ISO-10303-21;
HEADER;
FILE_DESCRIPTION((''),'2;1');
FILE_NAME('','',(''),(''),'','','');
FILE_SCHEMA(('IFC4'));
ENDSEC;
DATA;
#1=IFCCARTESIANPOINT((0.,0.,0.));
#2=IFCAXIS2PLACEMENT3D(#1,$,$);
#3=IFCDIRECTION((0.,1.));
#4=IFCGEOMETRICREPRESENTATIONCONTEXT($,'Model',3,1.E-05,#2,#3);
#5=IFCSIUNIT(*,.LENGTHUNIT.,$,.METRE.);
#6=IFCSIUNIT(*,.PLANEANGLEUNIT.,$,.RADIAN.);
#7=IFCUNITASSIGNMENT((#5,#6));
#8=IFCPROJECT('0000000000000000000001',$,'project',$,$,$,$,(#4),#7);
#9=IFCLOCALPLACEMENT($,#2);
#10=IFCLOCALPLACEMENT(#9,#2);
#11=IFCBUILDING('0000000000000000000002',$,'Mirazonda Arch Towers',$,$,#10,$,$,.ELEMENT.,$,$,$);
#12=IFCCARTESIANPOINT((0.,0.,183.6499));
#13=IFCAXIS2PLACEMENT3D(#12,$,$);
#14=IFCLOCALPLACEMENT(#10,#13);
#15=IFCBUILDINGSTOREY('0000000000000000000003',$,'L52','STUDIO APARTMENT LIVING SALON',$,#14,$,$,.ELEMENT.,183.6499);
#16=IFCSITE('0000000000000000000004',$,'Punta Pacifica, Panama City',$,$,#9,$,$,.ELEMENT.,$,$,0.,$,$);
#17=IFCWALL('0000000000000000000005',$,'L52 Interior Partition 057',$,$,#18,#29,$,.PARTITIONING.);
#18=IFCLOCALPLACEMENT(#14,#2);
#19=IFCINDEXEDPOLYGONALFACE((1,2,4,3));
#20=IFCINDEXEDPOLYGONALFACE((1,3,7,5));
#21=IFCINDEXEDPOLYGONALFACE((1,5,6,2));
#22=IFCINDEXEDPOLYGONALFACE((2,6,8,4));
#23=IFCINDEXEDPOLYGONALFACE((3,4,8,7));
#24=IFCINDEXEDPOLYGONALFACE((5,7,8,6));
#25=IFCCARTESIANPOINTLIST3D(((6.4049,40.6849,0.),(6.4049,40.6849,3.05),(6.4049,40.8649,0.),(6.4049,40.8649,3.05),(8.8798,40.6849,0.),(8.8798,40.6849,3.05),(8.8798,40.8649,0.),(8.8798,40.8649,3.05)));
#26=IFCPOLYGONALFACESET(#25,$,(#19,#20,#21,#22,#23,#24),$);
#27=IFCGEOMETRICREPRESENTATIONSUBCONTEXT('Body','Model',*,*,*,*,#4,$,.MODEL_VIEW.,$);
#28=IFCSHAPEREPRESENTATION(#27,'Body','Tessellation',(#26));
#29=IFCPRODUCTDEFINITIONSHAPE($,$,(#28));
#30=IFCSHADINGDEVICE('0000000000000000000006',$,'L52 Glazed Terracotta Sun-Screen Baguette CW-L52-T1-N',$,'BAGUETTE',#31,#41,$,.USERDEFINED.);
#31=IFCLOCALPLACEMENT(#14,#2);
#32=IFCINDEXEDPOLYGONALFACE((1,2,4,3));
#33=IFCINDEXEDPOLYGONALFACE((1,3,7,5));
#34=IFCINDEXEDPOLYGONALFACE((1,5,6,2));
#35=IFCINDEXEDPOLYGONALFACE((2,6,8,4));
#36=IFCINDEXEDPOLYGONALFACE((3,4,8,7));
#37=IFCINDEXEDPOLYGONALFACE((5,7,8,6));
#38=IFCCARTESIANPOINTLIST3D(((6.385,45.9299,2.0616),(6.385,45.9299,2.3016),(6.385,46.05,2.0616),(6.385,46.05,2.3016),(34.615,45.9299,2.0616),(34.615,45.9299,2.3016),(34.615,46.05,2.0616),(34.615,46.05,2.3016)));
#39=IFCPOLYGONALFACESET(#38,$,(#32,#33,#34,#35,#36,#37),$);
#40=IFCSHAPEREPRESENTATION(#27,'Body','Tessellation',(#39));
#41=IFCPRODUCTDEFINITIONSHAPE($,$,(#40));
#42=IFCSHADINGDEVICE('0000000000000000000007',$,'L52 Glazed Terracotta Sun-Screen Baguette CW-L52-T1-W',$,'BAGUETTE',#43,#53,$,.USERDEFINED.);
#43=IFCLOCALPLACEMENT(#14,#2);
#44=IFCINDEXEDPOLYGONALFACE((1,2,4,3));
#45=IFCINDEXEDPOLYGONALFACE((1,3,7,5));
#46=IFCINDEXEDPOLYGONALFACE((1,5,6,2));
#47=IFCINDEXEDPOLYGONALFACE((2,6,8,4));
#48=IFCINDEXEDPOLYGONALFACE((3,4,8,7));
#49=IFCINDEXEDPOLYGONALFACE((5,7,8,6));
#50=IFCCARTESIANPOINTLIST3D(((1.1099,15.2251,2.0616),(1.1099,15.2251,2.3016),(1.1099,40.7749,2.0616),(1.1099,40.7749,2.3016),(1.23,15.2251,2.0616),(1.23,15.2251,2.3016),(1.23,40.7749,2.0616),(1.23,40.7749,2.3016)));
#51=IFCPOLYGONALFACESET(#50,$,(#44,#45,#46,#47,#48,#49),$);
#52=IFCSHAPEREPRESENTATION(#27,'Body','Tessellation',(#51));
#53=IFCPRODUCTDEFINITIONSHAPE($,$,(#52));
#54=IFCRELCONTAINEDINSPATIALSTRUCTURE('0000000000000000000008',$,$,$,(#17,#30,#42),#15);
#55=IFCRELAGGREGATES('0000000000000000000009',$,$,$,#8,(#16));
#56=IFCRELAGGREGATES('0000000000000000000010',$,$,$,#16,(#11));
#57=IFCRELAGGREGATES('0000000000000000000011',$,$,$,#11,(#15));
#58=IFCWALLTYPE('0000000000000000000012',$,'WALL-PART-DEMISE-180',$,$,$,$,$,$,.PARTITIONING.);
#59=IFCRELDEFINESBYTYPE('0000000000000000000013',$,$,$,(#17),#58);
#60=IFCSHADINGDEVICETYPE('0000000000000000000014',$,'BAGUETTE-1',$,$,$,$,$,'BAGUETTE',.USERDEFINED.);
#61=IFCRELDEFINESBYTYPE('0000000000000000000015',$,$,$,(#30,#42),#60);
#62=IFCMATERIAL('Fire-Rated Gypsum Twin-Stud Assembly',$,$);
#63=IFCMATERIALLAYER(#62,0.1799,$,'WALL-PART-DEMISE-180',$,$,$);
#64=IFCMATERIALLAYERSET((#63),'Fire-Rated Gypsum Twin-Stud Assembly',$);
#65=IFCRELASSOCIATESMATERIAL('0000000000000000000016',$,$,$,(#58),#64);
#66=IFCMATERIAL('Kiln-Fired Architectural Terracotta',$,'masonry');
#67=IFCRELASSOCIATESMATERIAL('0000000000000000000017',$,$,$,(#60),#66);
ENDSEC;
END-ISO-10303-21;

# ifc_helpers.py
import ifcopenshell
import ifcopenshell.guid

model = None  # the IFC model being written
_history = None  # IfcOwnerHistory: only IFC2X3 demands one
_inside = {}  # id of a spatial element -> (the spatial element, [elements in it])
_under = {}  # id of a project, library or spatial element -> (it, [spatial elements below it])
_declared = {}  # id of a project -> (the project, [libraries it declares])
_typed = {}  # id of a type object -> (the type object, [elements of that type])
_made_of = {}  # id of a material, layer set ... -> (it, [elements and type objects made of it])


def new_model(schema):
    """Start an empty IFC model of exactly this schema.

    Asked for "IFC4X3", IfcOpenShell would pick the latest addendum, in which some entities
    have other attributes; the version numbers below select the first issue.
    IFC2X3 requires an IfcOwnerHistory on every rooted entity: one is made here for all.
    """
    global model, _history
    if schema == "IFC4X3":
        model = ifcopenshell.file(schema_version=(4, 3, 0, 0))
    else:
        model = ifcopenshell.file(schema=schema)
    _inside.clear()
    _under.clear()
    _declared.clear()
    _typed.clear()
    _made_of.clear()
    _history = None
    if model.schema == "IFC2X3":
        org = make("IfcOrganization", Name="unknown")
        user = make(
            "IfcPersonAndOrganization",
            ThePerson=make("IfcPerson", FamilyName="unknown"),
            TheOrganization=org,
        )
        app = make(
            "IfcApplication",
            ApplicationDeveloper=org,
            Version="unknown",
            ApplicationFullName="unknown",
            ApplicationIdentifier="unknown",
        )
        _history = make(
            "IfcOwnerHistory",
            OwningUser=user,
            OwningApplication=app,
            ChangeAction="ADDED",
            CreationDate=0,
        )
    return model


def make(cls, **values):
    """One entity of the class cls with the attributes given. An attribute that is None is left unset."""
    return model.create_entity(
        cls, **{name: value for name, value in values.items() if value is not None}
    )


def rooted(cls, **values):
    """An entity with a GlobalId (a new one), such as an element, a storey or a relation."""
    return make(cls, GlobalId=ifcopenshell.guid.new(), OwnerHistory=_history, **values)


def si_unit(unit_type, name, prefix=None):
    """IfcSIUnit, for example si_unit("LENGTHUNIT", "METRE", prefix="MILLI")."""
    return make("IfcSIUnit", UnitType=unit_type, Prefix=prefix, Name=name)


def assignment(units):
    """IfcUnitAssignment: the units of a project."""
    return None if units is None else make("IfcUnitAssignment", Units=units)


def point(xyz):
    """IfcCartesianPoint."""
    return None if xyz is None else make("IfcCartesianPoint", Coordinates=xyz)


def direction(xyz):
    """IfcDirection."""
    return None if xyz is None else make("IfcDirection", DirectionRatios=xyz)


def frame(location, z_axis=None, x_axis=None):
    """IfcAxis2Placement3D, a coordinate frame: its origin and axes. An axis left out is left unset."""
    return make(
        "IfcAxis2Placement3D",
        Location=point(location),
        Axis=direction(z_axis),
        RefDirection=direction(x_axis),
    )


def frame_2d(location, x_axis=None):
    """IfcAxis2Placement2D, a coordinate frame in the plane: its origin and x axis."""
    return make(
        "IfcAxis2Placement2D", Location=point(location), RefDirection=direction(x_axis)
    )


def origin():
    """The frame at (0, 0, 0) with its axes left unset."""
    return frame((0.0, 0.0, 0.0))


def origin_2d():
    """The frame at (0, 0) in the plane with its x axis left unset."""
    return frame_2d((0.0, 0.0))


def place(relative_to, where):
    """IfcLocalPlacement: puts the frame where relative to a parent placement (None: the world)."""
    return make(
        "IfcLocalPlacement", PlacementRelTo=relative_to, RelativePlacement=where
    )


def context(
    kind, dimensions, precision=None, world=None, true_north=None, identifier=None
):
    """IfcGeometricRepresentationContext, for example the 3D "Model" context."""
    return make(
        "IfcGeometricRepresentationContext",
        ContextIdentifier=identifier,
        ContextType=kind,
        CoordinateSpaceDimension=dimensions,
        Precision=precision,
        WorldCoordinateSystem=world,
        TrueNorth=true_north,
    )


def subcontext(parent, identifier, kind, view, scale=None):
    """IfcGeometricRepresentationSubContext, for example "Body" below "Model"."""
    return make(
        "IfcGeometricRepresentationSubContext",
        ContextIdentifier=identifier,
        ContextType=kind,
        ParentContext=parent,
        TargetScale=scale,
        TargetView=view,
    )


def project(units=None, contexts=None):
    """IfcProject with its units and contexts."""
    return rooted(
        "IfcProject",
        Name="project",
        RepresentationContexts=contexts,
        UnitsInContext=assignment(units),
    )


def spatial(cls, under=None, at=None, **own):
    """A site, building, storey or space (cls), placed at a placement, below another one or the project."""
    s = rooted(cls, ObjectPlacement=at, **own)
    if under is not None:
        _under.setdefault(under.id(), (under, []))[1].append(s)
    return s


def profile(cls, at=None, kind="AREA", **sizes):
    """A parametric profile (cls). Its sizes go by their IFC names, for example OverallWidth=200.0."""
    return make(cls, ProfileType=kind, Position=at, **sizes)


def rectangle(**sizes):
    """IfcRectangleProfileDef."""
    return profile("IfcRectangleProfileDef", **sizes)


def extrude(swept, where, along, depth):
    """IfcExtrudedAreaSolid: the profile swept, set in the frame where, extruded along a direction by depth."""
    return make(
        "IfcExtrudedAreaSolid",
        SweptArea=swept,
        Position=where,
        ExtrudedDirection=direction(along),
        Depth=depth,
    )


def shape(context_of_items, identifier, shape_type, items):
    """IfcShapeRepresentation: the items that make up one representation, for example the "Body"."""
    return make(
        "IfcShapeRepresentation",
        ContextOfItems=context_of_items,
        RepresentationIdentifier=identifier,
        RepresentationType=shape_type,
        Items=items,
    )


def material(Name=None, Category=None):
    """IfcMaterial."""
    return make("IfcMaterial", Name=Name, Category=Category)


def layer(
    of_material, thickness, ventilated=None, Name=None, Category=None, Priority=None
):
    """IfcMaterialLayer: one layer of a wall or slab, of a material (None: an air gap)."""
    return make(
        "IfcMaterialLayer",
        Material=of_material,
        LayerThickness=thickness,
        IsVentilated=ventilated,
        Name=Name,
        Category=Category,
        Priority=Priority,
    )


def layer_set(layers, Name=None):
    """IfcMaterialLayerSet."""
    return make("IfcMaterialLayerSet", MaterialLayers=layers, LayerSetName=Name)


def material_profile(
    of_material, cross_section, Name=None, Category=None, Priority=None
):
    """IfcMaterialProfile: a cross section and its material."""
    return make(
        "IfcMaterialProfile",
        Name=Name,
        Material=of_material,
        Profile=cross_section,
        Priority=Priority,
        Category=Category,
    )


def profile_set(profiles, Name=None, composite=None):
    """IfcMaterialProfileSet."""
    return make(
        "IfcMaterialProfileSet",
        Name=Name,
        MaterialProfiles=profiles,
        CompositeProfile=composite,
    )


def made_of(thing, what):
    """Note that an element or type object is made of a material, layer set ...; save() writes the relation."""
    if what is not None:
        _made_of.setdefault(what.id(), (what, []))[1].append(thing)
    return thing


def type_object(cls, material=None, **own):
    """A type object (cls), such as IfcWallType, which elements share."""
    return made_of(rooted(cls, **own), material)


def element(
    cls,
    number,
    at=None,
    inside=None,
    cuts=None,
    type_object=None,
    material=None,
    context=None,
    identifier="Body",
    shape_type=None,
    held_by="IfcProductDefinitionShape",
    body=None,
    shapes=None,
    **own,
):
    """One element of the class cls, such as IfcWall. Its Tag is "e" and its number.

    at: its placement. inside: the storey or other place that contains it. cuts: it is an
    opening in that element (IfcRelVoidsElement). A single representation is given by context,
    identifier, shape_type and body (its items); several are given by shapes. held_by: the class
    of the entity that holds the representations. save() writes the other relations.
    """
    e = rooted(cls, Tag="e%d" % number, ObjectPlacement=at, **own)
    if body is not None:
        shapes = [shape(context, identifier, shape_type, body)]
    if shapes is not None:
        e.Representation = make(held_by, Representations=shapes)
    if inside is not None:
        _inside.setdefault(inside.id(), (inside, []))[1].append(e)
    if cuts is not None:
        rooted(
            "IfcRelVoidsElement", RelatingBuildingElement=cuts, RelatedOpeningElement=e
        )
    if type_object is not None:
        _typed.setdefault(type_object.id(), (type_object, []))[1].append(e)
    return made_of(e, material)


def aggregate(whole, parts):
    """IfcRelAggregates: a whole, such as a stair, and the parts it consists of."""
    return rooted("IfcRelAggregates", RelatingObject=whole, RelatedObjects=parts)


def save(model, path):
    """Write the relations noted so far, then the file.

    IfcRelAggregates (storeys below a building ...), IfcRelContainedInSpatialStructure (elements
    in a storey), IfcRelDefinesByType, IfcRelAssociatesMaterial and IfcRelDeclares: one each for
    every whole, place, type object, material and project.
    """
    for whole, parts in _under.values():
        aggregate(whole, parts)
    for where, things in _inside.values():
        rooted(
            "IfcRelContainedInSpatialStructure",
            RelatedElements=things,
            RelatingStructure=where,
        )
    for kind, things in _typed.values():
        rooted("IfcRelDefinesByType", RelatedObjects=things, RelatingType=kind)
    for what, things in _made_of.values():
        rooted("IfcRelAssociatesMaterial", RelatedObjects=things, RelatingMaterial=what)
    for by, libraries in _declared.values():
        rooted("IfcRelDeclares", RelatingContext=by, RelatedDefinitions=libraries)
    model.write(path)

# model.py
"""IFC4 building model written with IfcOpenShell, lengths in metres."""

from ifc_helpers import new_model, si_unit, direction, frame, frame_2d, origin, origin_2d, place, context, subcontext, project, spatial, rectangle, extrude, material, layer, layer_set, material_profile, profile_set, type_object, element, save


model = new_model("IFC4")

# Units and contexts
model_context = context("Model", 3, precision=1e-05, world=origin(), true_north=direction((0.0, 1.0)))
body_context = subcontext(model_context, "Body", "Model", "MODEL_VIEW")
ifc_project = project(units=[si_unit("LENGTHUNIT", "METRE"), si_unit("PLANEANGLEUNIT", "RADIAN")], contexts=[model_context])

# Site, building, storey
site_placement = place(None, origin())
site = spatial("IfcSite", under=ifc_project, at=site_placement, Name="Punta Pacifica, Panama City", CompositionType="ELEMENT", RefElevation=0.0)
building_placement = place(site_placement, origin())
building = spatial("IfcBuilding", under=site, at=building_placement, Name="Mirazonda Arch Towers", CompositionType="ELEMENT")
storey_placement = place(building_placement, frame((0.0, 0.0, 183.6499)))
storey = spatial("IfcBuildingStorey", under=building, at=storey_placement, Name="L52", Description="STUDIO APARTMENT LIVING SALON", CompositionType="ELEMENT", Elevation=183.6499)

# Wall
ifc_material_1 = material(Name="Fire-Rated Gypsum Twin-Stud Assembly")
ifc_layer_1 = layer(ifc_material_1, 0.1799, Name="WALL-PART-DEMISE-180")
ifc_layer_set_1 = layer_set([ifc_layer_1], Name="Fire-Rated Gypsum Twin-Stud Assembly")
wall_type_1 = type_object("IfcWallType", Name="WALL-PART-DEMISE-180", PredefinedType="PARTITIONING", material=ifc_layer_set_1)
wall_1_placement = place(storey_placement, frame((6.405, 40.7749, 0.0), z_axis=(0.0, 0.0, 1.0), x_axis=(1.0, 0.0, 0.0)))
element("IfcWall", 1, at=wall_1_placement, inside=storey, type_object=wall_type_1, Name="L52 Interior Partition 057", PredefinedType="PARTITIONING", context=body_context, shape_type="SweptSolid", body=[
    extrude(rectangle(XDim=2.4749, YDim=0.1799, at=frame_2d((1.2373, 0.0))), origin(), (0.0, 0.0, 1.0), 3.05),
])

# Shading devices
ifc_material_2 = material(Name="Kiln-Fired Architectural Terracotta", Category="masonry")
ifc_material_profile_1 = material_profile(ifc_material_2, rectangle(XDim=0.1201, YDim=0.24, at=origin_2d()), Name="TERRA-BAG-120x240")
ifc_profile_set_1 = profile_set([ifc_material_profile_1], Name="Kiln-Fired Architectural Terracotta")
shading_device_type = type_object("IfcShadingDeviceType", Name="BAGUETTE-1", ElementType="BAGUETTE", PredefinedType="USERDEFINED", material=ifc_profile_set_1)
shading_device_1_placement = place(storey_placement, frame((6.385, 45.99, 2.1816), z_axis=(1.0, 0.0, 0.0), x_axis=(0.0, 1.0, 0.0)))
element("IfcShadingDevice", 2, at=shading_device_1_placement, inside=storey, type_object=shading_device_type, Name="L52 Glazed Terracotta Sun-Screen Baguette CW-L52-T1-N", ObjectType="BAGUETTE", PredefinedType="USERDEFINED", context=body_context, shape_type="SweptSolid", body=[
    extrude(rectangle(XDim=0.1201, YDim=0.24, at=origin_2d()), origin(), (0.0, 0.0, 1.0), 28.23),
])
shading_device_2_placement = place(storey_placement, frame((1.1699, 40.7749, 2.1816), z_axis=(0.0, -1.0, 0.0), x_axis=(1.0, 0.0, 0.0)))
element("IfcShadingDevice", 3, at=shading_device_2_placement, inside=storey, type_object=shading_device_type, Name="L52 Glazed Terracotta Sun-Screen Baguette CW-L52-T1-W", ObjectType="BAGUETTE", PredefinedType="USERDEFINED", context=body_context, shape_type="SweptSolid", body=[
    extrude(rectangle(XDim=0.1201, YDim=0.24, at=origin_2d()), origin(), (0.0, 0.0, 1.0), 25.5498),
])

save(model, "model.ifc")
